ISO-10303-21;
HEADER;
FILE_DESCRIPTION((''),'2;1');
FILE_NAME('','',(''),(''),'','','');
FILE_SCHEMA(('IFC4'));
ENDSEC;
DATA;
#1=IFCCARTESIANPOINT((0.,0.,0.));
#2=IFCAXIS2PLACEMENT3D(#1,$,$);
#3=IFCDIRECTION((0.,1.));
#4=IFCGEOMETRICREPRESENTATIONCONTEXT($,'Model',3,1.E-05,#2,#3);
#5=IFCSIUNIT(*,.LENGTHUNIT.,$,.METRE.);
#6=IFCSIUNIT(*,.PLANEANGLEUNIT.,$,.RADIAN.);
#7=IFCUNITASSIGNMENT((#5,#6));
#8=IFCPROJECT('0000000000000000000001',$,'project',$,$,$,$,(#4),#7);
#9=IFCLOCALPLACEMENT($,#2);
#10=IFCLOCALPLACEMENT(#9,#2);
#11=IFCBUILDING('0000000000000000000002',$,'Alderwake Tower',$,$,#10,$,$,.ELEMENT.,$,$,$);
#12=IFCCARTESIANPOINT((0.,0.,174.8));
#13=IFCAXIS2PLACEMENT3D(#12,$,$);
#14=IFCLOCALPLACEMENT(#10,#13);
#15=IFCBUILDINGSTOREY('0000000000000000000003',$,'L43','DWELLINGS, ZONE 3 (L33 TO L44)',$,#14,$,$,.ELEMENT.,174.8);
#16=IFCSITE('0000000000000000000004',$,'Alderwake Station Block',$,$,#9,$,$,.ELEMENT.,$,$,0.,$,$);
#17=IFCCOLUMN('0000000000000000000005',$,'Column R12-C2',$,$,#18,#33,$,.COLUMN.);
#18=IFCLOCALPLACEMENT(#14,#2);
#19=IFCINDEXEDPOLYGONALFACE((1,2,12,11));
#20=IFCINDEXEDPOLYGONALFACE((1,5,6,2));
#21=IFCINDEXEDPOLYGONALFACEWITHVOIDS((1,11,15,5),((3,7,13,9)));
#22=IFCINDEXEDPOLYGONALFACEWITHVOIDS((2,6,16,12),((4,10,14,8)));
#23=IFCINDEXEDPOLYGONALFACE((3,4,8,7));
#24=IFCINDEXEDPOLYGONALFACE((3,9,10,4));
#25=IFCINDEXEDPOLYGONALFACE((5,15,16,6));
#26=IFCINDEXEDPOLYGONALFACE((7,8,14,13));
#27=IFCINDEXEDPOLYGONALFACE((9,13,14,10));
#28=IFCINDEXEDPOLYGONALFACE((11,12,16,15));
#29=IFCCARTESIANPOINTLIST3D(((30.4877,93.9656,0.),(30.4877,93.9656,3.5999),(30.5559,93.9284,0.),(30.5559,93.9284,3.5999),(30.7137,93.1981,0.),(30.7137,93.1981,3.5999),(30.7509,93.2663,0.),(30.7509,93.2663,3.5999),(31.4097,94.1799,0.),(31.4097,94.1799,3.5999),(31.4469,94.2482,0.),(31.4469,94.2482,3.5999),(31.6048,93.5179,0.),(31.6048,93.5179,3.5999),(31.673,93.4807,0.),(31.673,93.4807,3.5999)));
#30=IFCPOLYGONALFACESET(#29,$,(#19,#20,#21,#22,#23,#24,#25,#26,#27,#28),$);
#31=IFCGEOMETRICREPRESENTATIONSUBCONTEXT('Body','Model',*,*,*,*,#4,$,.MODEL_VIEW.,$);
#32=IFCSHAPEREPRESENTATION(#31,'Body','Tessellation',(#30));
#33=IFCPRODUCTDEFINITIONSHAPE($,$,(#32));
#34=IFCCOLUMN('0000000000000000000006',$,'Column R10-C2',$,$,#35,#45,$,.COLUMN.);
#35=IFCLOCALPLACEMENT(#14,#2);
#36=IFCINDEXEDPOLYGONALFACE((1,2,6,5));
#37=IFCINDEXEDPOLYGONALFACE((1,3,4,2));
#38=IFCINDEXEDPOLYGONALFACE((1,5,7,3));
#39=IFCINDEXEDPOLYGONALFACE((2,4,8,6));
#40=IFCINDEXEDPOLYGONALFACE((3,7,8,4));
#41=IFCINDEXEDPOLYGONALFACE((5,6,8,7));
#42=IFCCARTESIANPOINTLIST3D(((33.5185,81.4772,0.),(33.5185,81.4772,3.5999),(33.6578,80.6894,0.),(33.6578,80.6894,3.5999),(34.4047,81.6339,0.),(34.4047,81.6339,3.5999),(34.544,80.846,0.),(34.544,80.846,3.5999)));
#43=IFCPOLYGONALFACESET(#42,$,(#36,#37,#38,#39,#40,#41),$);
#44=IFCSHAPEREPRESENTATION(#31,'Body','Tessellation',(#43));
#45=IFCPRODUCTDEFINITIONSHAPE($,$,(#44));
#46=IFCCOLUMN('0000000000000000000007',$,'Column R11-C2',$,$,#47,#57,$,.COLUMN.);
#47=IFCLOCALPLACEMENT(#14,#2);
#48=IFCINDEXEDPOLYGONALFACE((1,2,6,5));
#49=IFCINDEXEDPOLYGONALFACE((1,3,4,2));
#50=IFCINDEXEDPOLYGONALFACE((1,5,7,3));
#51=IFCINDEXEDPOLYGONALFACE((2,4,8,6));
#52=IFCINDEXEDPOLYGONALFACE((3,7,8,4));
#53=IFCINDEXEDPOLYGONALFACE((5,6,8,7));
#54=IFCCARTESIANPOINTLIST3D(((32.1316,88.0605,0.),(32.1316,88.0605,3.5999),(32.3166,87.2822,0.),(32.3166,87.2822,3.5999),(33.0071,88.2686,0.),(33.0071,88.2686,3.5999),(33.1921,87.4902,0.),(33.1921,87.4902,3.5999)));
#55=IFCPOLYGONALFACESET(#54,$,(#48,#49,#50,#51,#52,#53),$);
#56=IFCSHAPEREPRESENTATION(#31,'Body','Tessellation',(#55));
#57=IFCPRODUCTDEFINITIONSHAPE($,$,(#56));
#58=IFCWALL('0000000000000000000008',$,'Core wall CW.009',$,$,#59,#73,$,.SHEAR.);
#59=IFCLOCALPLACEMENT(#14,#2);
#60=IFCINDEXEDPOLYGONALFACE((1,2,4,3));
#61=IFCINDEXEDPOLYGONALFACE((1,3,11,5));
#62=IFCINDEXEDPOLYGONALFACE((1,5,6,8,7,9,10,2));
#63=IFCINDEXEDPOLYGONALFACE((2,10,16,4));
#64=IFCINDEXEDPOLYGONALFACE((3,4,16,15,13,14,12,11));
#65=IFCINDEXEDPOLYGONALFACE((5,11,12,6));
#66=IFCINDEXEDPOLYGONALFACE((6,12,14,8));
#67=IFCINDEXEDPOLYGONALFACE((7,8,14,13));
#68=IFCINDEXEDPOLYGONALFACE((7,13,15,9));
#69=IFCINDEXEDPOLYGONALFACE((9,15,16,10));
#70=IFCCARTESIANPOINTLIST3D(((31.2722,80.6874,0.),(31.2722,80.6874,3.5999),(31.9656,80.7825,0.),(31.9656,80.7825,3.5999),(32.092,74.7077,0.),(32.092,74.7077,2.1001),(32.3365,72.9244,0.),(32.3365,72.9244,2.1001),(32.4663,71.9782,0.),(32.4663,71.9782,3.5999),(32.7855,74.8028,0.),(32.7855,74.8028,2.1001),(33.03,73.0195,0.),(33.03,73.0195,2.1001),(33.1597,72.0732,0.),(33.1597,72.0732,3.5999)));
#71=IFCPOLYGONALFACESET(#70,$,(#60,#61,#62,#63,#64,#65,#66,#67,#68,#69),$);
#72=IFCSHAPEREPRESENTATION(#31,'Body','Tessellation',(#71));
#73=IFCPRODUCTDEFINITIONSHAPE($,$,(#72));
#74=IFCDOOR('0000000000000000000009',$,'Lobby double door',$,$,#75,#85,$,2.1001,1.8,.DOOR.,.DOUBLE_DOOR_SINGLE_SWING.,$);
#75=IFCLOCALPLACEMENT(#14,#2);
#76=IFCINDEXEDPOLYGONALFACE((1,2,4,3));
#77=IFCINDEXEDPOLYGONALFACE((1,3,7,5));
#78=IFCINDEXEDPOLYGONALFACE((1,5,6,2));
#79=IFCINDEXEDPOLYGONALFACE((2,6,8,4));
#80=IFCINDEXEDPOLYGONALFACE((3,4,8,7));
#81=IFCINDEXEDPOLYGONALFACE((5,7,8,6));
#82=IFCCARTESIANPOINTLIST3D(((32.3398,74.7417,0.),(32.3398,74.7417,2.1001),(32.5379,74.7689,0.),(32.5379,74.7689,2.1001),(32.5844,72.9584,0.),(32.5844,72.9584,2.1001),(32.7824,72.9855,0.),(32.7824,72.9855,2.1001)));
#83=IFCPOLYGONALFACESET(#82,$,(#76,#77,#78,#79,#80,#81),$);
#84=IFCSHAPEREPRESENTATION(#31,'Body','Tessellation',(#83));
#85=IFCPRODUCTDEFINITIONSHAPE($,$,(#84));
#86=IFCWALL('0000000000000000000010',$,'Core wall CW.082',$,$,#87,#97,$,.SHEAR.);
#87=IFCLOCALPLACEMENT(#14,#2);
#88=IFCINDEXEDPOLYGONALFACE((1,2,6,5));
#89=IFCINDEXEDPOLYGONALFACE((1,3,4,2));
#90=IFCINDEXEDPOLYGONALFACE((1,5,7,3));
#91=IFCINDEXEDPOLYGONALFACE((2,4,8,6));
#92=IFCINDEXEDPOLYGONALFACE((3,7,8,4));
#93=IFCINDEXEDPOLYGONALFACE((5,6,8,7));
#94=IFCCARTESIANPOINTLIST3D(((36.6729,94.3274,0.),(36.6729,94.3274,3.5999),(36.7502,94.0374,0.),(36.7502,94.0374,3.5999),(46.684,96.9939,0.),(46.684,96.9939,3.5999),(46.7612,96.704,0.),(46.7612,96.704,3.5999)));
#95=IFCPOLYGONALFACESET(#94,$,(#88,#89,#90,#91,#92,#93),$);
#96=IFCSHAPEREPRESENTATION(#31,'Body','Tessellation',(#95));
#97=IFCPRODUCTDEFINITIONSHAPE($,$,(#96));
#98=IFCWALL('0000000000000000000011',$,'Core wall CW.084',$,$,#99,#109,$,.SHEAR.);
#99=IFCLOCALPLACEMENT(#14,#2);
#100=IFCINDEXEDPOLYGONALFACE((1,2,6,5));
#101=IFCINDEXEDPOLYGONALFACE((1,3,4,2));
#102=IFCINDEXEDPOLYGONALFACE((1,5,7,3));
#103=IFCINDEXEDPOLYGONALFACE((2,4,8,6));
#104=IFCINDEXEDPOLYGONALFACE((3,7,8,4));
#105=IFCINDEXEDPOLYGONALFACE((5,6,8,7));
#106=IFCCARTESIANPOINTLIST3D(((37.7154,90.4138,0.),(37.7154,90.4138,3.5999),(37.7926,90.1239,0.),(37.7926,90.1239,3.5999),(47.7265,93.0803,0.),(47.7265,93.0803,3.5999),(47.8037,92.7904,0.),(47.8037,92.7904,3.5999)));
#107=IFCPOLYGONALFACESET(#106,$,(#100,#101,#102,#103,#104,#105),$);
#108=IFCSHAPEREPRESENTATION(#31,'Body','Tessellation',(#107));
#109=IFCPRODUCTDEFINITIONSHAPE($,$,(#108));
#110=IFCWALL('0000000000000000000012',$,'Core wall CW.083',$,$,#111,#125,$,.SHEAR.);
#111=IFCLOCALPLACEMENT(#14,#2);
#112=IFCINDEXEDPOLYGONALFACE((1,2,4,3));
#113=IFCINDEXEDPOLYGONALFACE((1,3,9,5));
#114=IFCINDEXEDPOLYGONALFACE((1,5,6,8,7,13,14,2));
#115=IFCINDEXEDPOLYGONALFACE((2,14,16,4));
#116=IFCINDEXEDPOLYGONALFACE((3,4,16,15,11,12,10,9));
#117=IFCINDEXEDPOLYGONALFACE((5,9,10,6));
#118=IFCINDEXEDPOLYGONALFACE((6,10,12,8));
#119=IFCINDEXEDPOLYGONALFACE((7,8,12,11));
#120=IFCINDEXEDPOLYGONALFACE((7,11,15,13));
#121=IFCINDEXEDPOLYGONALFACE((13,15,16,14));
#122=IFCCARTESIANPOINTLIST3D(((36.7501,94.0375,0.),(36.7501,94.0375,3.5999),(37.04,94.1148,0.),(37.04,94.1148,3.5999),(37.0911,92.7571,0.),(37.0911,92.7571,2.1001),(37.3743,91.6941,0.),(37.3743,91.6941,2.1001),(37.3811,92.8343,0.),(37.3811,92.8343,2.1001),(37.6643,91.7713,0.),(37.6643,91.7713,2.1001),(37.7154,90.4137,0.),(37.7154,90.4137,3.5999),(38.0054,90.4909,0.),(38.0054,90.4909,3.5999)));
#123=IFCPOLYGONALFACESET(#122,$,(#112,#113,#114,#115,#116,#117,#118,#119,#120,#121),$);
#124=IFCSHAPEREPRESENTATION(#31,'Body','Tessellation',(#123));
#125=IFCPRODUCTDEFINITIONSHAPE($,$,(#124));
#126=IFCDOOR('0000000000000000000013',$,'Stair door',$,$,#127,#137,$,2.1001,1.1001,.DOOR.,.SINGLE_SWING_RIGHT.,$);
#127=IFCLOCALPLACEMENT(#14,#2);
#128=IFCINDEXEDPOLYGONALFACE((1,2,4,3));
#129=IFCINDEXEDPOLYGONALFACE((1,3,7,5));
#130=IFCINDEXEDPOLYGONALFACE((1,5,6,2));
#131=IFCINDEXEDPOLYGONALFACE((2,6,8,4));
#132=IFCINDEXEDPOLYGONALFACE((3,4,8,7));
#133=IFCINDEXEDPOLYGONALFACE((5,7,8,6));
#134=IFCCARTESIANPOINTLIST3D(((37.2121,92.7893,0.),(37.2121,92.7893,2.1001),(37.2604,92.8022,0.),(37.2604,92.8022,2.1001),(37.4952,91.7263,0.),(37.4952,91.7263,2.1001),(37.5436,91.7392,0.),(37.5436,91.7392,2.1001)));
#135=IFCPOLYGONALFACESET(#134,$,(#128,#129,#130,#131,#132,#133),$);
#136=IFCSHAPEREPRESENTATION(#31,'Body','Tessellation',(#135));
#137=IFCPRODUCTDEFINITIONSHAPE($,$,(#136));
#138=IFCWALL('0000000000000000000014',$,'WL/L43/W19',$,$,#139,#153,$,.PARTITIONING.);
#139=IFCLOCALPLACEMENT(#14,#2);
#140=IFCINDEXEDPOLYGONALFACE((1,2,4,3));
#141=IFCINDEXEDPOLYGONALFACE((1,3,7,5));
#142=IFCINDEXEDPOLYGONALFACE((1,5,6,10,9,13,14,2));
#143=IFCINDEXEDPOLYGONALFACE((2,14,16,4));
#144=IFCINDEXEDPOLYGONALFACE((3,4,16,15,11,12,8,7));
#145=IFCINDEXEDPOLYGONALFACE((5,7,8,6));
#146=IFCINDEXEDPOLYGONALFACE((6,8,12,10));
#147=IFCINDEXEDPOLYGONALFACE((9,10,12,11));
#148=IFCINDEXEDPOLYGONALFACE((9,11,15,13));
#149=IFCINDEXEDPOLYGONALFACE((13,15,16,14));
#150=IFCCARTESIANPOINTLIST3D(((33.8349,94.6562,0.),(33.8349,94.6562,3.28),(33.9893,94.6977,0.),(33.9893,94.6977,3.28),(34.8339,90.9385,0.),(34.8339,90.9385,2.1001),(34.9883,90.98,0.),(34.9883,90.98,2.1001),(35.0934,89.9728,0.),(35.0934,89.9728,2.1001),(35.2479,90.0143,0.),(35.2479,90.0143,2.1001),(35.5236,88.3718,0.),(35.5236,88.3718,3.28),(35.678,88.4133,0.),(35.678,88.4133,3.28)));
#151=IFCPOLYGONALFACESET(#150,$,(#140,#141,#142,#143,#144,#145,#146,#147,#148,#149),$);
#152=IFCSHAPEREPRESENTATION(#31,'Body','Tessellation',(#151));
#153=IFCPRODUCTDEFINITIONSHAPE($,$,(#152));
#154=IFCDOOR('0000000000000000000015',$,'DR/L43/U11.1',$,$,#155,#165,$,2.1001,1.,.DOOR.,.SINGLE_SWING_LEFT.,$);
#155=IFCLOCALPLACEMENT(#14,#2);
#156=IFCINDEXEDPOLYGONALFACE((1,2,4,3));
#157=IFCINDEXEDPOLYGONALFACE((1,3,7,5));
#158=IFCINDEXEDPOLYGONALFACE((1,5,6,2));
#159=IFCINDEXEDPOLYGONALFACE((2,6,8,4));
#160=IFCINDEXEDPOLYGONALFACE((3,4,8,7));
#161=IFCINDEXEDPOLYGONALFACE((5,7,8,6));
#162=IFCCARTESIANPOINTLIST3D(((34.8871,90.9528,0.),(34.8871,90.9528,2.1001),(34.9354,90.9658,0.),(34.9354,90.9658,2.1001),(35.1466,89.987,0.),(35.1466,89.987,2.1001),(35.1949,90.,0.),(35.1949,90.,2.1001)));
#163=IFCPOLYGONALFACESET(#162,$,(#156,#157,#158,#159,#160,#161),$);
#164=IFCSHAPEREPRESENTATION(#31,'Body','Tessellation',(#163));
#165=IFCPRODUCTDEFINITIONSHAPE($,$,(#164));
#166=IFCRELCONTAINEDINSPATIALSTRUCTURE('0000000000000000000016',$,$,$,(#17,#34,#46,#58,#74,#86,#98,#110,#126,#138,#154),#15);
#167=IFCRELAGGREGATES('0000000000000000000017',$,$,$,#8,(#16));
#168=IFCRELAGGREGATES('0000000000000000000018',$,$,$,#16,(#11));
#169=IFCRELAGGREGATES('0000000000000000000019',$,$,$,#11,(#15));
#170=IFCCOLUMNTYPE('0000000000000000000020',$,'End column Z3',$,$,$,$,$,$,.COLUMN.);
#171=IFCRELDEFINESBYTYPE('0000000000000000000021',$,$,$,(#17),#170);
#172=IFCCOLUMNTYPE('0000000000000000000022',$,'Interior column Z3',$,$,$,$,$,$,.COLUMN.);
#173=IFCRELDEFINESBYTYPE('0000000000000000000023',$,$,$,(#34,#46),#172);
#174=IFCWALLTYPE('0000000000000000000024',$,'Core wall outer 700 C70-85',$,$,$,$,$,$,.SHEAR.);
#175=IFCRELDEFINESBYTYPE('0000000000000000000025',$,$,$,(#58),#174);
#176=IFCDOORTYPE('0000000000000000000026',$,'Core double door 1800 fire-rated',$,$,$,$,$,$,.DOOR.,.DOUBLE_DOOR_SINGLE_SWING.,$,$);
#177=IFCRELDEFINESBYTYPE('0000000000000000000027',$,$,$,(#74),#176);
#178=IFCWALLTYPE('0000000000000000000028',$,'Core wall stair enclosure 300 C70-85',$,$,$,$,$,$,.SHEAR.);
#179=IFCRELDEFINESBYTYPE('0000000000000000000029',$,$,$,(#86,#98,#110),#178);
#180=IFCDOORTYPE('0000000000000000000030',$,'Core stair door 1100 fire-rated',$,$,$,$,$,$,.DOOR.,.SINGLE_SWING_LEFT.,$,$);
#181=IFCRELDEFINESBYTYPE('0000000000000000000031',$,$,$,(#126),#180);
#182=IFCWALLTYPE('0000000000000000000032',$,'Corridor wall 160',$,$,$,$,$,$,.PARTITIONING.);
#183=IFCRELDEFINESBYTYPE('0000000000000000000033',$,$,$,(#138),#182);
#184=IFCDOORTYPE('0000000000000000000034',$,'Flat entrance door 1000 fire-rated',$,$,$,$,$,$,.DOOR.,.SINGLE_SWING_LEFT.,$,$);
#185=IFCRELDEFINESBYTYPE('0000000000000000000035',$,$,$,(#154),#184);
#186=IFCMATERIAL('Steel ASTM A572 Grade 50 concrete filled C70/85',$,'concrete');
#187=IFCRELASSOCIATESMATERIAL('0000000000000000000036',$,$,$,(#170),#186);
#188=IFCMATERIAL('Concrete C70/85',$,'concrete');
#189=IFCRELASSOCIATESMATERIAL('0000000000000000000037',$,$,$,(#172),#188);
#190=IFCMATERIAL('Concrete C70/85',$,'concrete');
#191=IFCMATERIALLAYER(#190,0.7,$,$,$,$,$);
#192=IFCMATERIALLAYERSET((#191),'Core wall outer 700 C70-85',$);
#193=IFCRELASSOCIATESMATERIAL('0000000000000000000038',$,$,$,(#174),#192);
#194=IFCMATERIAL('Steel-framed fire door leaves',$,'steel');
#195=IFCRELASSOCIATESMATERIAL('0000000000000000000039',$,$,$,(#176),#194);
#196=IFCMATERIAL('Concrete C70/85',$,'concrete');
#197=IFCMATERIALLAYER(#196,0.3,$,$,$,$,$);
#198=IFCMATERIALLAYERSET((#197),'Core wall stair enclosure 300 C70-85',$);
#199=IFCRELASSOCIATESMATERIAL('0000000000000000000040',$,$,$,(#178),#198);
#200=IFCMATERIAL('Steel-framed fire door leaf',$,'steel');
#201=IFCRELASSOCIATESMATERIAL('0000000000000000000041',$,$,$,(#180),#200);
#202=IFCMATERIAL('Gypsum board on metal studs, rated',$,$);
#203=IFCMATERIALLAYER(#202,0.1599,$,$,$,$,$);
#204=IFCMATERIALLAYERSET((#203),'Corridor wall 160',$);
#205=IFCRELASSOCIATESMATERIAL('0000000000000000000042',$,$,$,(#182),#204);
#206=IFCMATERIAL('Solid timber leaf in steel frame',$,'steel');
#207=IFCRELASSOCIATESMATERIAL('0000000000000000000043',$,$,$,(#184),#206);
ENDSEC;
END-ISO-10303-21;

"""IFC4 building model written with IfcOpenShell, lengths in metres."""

from ifc_helpers import new_model, si_unit, direction, frame, frame_2d, origin, origin_2d, place, context, subcontext, project, spatial, rectangle, hollow_rectangle, extrude, material, layer, layer_set, material_profile, profile_set, type_object, element, fill, save


model = new_model("IFC4")

# Units and contexts
model_context = context("Model", 3, precision=1e-05, world=origin(), true_north=direction((0.0, 1.0)))
body_context = subcontext(model_context, "Body", "Model", "MODEL_VIEW")
ifc_project = project(units=[si_unit("LENGTHUNIT", "METRE"), si_unit("PLANEANGLEUNIT", "RADIAN")], contexts=[model_context])

# Site, building, storey
site_placement = place(None, origin())
site = spatial("IfcSite", under=ifc_project, at=site_placement, Name="Alderwake Station Block", CompositionType="ELEMENT", RefElevation=0.0)
building_placement = place(site_placement, origin())
building = spatial("IfcBuilding", under=site, at=building_placement, Name="Alderwake Tower", CompositionType="ELEMENT")
storey_placement = place(building_placement, frame((0.0, 0.0, 174.8)))
storey = spatial("IfcBuildingStorey", under=building, at=storey_placement, Name="L43", Description="DWELLINGS, ZONE 3 (L33 TO L44)", CompositionType="ELEMENT", Elevation=174.8)

# Columns
ifc_material_1 = material(Name="Steel ASTM A572 Grade 50 concrete filled C70/85", Category="concrete")
ifc_material_profile_1 = material_profile(ifc_material_1, hollow_rectangle(XDim=0.8, YDim=1.0, WallThickness=0.0549, at=origin_2d()), Name="BOX 1000X800X55")
ifc_profile_set_1 = profile_set([ifc_material_profile_1], Name="Steel ASTM A572 Grade 50 concrete filled C70/85")
column_type_1 = type_object("IfcColumnType", Name="End column Z3", PredefinedType="COLUMN", material=ifc_profile_set_1)
column_placement = place(storey_placement, frame((31.0803, 93.7231, 0.0), z_axis=(0.0, 0.0, 1.0), x_axis=(-0.282583, 0.959243, 0.0)))
element("IfcColumn", 1, at=column_placement, inside=storey, type_object=column_type_1, Name="Column R12-C2", PredefinedType="COLUMN", context=body_context, shape_type="SweptSolid", body=[
    extrude(hollow_rectangle(XDim=0.8, YDim=1.0, WallThickness=0.0549, at=origin_2d()), origin(), (0.0, 0.0, 1.0), 3.5999),
])
ifc_material_2 = material(Name="Concrete C70/85", Category="concrete")
ifc_material_profile_2 = material_profile(ifc_material_2, rectangle(XDim=0.8, YDim=0.8999, at=origin_2d()), Name="RC 900X800")
ifc_profile_set_2 = profile_set([ifc_material_profile_2], Name="Concrete C70/85")
column_type_2 = type_object("IfcColumnType", Name="Interior column Z3", PredefinedType="COLUMN", material=ifc_profile_set_2)
for number, where, z_axis, x_axis, name in (
    (2, (34.0312, 81.1616, 0.0), (0.0, 0.0, 1.0), (-0.174109, 0.984726, 0.0), "Column R10-C2"),
    (3, (32.6619, 87.7754, 0.0), (0.0, 0.0, 1.0), (-0.231222, 0.972901, 0.0), "Column R11-C2"),
):
    element("IfcColumn", number, at=place(storey_placement, frame(where, z_axis=z_axis, x_axis=x_axis)), inside=storey, type_object=column_type_2, Name=name, PredefinedType="COLUMN", context=body_context, shape_type="SweptSolid", body=[
        extrude(rectangle(XDim=0.8, YDim=0.8999, at=origin_2d()), origin(), (0.0, 0.0, 1.0), 3.5999),
    ])

# Wall, opening, door
ifc_material_3 = material(Name="Concrete C70/85", Category="concrete")
ifc_layer_1 = layer(ifc_material_3, 0.7)
ifc_layer_set_1 = layer_set([ifc_layer_1], Name="Core wall outer 700 C70-85")
wall_type_1 = type_object("IfcWallType", Name="Core wall outer 700 C70-85", PredefinedType="SHEAR", material=ifc_layer_set_1)
wall_1_placement = place(storey_placement, frame((31.6189, 80.7351, 0.0), z_axis=(0.0, 0.0, 1.0), x_axis=(0.135836, -0.990731, 0.0)))
wall_1 = element("IfcWall", 4, at=wall_1_placement, inside=storey, type_object=wall_type_1, Name="Core wall CW.009", PredefinedType="SHEAR", context=body_context, shape_type="SweptSolid", body=[
    extrude(rectangle(XDim=8.7908, YDim=0.7, at=frame_2d((4.3955, 0.0))), origin(), (0.0, 0.0, 1.0), 3.5999),
])
opening_1_placement = place(wall_1_placement, frame((6.0359, 0.0, 0.0)))
opening_1 = element("IfcOpeningElement", 5, at=opening_1_placement, cuts=wall_1, PredefinedType="OPENING", context=body_context, shape_type="SweptSolid", body=[
    extrude(rectangle(XDim=1.8, YDim=2.1001, at=frame_2d((0.8999, 1.05))), frame((0.0, 0.3599, 0.0), z_axis=(0.0, -1.0, 0.0), x_axis=(1.0, 0.0, 0.0)), (0.0, 0.0, 1.0), 0.72),
])
ifc_material_4 = material(Name="Steel-framed fire door leaves", Category="steel")
door_type_1 = type_object("IfcDoorType", Name="Core double door 1800 fire-rated", OperationType="DOUBLE_DOOR_SINGLE_SWING", PredefinedType="DOOR", material=ifc_material_4)
door_1_placement = place(opening_1_placement, origin())
door_1 = element("IfcDoor", 6, at=door_1_placement, inside=storey, type_object=door_type_1, Name="Lobby double door", OperationType="DOUBLE_DOOR_SINGLE_SWING", OverallHeight=2.1001, OverallWidth=1.8, PredefinedType="DOOR", context=body_context, shape_type="SweptSolid", body=[
    extrude(rectangle(XDim=1.8, YDim=2.1001, at=frame_2d((0.8999, 1.05))), frame((0.0, 0.1001, 0.0), z_axis=(0.0, -1.0, 0.0), x_axis=(1.0, 0.0, 0.0)), (0.0, 0.0, 1.0), 0.2),
])
fill(opening_1, door_1)

# Walls
ifc_material_5 = material(Name="Concrete C70/85", Category="concrete")
ifc_layer_2 = layer(ifc_material_5, 0.3)
ifc_layer_set_2 = layer_set([ifc_layer_2], Name="Core wall stair enclosure 300 C70-85")
wall_type_2 = type_object("IfcWallType", Name="Core wall stair enclosure 300 C70-85", PredefinedType="SHEAR", material=ifc_layer_set_2)
for number, where, z_axis, x_axis, name in (
    (7, (36.7114, 94.1824, 0.0), (0.0, 0.0, 1.0), (0.966309, 0.257384, 0.0), "Core wall CW.082"),
    (8, (37.7539, 90.2688, 0.0), (0.0, 0.0, 1.0), (0.966309, 0.257384, 0.0), "Core wall CW.084"),
):
    element("IfcWall", number, at=place(storey_placement, frame(where, z_axis=z_axis, x_axis=x_axis)), inside=storey, type_object=wall_type_2, Name=name, PredefinedType="SHEAR", context=body_context, shape_type="SweptSolid", body=[
        extrude(rectangle(XDim=10.3601, YDim=0.3, at=frame_2d((5.1802, 0.0))), origin(), (0.0, 0.0, 1.0), 3.5999),
    ])

# Walls, openings, doors
wall_2_placement = place(storey_placement, frame((37.8604, 90.4524, 0.0), z_axis=(0.0, 0.0, 1.0), x_axis=(-0.257411, 0.966302, 0.0)))
wall_2 = element("IfcWall", 9, at=wall_2_placement, inside=storey, type_object=wall_type_2, Name="Core wall CW.083", PredefinedType="SHEAR", context=body_context, shape_type="SweptSolid", body=[
    extrude(rectangle(XDim=3.7502, YDim=0.3, at=frame_2d((1.875, 0.0))), origin(), (0.0, 0.0, 1.0), 3.5999),
])
opening_2_placement = place(wall_2_placement, frame((1.325, 0.0, 0.0)))
opening_2 = element("IfcOpeningElement", 10, at=opening_2_placement, cuts=wall_2, PredefinedType="OPENING", context=body_context, shape_type="SweptSolid", body=[
    extrude(rectangle(XDim=1.1001, YDim=2.1001, at=frame_2d((0.55, 1.05))), frame((0.0, 0.1599, 0.0), z_axis=(0.0, -1.0, 0.0), x_axis=(1.0, 0.0, 0.0)), (0.0, 0.0, 1.0), 0.3201),
])
ifc_material_6 = material(Name="Steel-framed fire door leaf", Category="steel")
door_type_2 = type_object("IfcDoorType", Name="Core stair door 1100 fire-rated", OperationType="SINGLE_SWING_LEFT", PredefinedType="DOOR", material=ifc_material_6)
door_2_placement = place(opening_2_placement, origin())
door_2 = element("IfcDoor", 11, at=door_2_placement, inside=storey, type_object=door_type_2, Name="Stair door", OperationType="SINGLE_SWING_RIGHT", OverallHeight=2.1001, OverallWidth=1.1001, PredefinedType="DOOR", context=body_context, shape_type="SweptSolid", body=[
    extrude(rectangle(XDim=1.1001, YDim=2.1001, at=frame_2d((0.55, 1.05))), frame((0.0, 0.0249, 0.0), z_axis=(0.0, -1.0, 0.0), x_axis=(1.0, 0.0, 0.0)), (0.0, 0.0, 1.0), 0.05),
])
fill(opening_2, door_2)
ifc_material_7 = material(Name="Gypsum board on metal studs, rated")
ifc_layer_3 = layer(ifc_material_7, 0.1599)
ifc_layer_set_3 = layer_set([ifc_layer_3], Name="Corridor wall 160")
wall_type_3 = type_object("IfcWallType", Name="Corridor wall 160", PredefinedType="PARTITIONING", material=ifc_layer_set_3)
wall_3_placement = place(storey_placement, frame((35.6008, 88.3926, 0.0), z_axis=(0.0, 0.0, 1.0), x_axis=(-0.259509, 0.965741, 0.0)))
wall_3 = element("IfcWall", 12, at=wall_3_placement, inside=storey, type_object=wall_type_3, Name="WL/L43/W19", PredefinedType="PARTITIONING", context=body_context, shape_type="SweptSolid", body=[
    extrude(rectangle(XDim=6.5073, YDim=0.1599, at=frame_2d((3.2537, 0.0))), origin(), (0.0, 0.0, 1.0), 3.28),
])
opening_3_placement = place(wall_3_placement, frame((1.6577, 0.0, 0.0)))
opening_3 = element("IfcOpeningElement", 13, at=opening_3_placement, cuts=wall_3, PredefinedType="OPENING", context=body_context, shape_type="SweptSolid", body=[
    extrude(rectangle(XDim=1.0, YDim=2.1001, at=frame_2d((0.5, 1.05))), frame((0.0, 0.0898, 0.0), z_axis=(0.0, -1.0, 0.0), x_axis=(1.0, 0.0, 0.0)), (0.0, 0.0, 1.0), 0.1799),
])
ifc_material_8 = material(Name="Solid timber leaf in steel frame", Category="steel")
door_type_3 = type_object("IfcDoorType", Name="Flat entrance door 1000 fire-rated", OperationType="SINGLE_SWING_LEFT", PredefinedType="DOOR", material=ifc_material_8)
door_3_placement = place(opening_3_placement, origin())
door_3 = element("IfcDoor", 14, at=door_3_placement, inside=storey, type_object=door_type_3, Name="DR/L43/U11.1", OperationType="SINGLE_SWING_LEFT", OverallHeight=2.1001, OverallWidth=1.0, PredefinedType="DOOR", context=body_context, shape_type="SweptSolid", body=[
    extrude(rectangle(XDim=1.0, YDim=2.1001, at=frame_2d((0.5, 1.05))), frame((0.0, 0.0249, 0.0), z_axis=(0.0, -1.0, 0.0), x_axis=(1.0, 0.0, 0.0)), (0.0, 0.0, 1.0), 0.05),
])
fill(opening_3, door_3)

save(model, "model.ifc")
